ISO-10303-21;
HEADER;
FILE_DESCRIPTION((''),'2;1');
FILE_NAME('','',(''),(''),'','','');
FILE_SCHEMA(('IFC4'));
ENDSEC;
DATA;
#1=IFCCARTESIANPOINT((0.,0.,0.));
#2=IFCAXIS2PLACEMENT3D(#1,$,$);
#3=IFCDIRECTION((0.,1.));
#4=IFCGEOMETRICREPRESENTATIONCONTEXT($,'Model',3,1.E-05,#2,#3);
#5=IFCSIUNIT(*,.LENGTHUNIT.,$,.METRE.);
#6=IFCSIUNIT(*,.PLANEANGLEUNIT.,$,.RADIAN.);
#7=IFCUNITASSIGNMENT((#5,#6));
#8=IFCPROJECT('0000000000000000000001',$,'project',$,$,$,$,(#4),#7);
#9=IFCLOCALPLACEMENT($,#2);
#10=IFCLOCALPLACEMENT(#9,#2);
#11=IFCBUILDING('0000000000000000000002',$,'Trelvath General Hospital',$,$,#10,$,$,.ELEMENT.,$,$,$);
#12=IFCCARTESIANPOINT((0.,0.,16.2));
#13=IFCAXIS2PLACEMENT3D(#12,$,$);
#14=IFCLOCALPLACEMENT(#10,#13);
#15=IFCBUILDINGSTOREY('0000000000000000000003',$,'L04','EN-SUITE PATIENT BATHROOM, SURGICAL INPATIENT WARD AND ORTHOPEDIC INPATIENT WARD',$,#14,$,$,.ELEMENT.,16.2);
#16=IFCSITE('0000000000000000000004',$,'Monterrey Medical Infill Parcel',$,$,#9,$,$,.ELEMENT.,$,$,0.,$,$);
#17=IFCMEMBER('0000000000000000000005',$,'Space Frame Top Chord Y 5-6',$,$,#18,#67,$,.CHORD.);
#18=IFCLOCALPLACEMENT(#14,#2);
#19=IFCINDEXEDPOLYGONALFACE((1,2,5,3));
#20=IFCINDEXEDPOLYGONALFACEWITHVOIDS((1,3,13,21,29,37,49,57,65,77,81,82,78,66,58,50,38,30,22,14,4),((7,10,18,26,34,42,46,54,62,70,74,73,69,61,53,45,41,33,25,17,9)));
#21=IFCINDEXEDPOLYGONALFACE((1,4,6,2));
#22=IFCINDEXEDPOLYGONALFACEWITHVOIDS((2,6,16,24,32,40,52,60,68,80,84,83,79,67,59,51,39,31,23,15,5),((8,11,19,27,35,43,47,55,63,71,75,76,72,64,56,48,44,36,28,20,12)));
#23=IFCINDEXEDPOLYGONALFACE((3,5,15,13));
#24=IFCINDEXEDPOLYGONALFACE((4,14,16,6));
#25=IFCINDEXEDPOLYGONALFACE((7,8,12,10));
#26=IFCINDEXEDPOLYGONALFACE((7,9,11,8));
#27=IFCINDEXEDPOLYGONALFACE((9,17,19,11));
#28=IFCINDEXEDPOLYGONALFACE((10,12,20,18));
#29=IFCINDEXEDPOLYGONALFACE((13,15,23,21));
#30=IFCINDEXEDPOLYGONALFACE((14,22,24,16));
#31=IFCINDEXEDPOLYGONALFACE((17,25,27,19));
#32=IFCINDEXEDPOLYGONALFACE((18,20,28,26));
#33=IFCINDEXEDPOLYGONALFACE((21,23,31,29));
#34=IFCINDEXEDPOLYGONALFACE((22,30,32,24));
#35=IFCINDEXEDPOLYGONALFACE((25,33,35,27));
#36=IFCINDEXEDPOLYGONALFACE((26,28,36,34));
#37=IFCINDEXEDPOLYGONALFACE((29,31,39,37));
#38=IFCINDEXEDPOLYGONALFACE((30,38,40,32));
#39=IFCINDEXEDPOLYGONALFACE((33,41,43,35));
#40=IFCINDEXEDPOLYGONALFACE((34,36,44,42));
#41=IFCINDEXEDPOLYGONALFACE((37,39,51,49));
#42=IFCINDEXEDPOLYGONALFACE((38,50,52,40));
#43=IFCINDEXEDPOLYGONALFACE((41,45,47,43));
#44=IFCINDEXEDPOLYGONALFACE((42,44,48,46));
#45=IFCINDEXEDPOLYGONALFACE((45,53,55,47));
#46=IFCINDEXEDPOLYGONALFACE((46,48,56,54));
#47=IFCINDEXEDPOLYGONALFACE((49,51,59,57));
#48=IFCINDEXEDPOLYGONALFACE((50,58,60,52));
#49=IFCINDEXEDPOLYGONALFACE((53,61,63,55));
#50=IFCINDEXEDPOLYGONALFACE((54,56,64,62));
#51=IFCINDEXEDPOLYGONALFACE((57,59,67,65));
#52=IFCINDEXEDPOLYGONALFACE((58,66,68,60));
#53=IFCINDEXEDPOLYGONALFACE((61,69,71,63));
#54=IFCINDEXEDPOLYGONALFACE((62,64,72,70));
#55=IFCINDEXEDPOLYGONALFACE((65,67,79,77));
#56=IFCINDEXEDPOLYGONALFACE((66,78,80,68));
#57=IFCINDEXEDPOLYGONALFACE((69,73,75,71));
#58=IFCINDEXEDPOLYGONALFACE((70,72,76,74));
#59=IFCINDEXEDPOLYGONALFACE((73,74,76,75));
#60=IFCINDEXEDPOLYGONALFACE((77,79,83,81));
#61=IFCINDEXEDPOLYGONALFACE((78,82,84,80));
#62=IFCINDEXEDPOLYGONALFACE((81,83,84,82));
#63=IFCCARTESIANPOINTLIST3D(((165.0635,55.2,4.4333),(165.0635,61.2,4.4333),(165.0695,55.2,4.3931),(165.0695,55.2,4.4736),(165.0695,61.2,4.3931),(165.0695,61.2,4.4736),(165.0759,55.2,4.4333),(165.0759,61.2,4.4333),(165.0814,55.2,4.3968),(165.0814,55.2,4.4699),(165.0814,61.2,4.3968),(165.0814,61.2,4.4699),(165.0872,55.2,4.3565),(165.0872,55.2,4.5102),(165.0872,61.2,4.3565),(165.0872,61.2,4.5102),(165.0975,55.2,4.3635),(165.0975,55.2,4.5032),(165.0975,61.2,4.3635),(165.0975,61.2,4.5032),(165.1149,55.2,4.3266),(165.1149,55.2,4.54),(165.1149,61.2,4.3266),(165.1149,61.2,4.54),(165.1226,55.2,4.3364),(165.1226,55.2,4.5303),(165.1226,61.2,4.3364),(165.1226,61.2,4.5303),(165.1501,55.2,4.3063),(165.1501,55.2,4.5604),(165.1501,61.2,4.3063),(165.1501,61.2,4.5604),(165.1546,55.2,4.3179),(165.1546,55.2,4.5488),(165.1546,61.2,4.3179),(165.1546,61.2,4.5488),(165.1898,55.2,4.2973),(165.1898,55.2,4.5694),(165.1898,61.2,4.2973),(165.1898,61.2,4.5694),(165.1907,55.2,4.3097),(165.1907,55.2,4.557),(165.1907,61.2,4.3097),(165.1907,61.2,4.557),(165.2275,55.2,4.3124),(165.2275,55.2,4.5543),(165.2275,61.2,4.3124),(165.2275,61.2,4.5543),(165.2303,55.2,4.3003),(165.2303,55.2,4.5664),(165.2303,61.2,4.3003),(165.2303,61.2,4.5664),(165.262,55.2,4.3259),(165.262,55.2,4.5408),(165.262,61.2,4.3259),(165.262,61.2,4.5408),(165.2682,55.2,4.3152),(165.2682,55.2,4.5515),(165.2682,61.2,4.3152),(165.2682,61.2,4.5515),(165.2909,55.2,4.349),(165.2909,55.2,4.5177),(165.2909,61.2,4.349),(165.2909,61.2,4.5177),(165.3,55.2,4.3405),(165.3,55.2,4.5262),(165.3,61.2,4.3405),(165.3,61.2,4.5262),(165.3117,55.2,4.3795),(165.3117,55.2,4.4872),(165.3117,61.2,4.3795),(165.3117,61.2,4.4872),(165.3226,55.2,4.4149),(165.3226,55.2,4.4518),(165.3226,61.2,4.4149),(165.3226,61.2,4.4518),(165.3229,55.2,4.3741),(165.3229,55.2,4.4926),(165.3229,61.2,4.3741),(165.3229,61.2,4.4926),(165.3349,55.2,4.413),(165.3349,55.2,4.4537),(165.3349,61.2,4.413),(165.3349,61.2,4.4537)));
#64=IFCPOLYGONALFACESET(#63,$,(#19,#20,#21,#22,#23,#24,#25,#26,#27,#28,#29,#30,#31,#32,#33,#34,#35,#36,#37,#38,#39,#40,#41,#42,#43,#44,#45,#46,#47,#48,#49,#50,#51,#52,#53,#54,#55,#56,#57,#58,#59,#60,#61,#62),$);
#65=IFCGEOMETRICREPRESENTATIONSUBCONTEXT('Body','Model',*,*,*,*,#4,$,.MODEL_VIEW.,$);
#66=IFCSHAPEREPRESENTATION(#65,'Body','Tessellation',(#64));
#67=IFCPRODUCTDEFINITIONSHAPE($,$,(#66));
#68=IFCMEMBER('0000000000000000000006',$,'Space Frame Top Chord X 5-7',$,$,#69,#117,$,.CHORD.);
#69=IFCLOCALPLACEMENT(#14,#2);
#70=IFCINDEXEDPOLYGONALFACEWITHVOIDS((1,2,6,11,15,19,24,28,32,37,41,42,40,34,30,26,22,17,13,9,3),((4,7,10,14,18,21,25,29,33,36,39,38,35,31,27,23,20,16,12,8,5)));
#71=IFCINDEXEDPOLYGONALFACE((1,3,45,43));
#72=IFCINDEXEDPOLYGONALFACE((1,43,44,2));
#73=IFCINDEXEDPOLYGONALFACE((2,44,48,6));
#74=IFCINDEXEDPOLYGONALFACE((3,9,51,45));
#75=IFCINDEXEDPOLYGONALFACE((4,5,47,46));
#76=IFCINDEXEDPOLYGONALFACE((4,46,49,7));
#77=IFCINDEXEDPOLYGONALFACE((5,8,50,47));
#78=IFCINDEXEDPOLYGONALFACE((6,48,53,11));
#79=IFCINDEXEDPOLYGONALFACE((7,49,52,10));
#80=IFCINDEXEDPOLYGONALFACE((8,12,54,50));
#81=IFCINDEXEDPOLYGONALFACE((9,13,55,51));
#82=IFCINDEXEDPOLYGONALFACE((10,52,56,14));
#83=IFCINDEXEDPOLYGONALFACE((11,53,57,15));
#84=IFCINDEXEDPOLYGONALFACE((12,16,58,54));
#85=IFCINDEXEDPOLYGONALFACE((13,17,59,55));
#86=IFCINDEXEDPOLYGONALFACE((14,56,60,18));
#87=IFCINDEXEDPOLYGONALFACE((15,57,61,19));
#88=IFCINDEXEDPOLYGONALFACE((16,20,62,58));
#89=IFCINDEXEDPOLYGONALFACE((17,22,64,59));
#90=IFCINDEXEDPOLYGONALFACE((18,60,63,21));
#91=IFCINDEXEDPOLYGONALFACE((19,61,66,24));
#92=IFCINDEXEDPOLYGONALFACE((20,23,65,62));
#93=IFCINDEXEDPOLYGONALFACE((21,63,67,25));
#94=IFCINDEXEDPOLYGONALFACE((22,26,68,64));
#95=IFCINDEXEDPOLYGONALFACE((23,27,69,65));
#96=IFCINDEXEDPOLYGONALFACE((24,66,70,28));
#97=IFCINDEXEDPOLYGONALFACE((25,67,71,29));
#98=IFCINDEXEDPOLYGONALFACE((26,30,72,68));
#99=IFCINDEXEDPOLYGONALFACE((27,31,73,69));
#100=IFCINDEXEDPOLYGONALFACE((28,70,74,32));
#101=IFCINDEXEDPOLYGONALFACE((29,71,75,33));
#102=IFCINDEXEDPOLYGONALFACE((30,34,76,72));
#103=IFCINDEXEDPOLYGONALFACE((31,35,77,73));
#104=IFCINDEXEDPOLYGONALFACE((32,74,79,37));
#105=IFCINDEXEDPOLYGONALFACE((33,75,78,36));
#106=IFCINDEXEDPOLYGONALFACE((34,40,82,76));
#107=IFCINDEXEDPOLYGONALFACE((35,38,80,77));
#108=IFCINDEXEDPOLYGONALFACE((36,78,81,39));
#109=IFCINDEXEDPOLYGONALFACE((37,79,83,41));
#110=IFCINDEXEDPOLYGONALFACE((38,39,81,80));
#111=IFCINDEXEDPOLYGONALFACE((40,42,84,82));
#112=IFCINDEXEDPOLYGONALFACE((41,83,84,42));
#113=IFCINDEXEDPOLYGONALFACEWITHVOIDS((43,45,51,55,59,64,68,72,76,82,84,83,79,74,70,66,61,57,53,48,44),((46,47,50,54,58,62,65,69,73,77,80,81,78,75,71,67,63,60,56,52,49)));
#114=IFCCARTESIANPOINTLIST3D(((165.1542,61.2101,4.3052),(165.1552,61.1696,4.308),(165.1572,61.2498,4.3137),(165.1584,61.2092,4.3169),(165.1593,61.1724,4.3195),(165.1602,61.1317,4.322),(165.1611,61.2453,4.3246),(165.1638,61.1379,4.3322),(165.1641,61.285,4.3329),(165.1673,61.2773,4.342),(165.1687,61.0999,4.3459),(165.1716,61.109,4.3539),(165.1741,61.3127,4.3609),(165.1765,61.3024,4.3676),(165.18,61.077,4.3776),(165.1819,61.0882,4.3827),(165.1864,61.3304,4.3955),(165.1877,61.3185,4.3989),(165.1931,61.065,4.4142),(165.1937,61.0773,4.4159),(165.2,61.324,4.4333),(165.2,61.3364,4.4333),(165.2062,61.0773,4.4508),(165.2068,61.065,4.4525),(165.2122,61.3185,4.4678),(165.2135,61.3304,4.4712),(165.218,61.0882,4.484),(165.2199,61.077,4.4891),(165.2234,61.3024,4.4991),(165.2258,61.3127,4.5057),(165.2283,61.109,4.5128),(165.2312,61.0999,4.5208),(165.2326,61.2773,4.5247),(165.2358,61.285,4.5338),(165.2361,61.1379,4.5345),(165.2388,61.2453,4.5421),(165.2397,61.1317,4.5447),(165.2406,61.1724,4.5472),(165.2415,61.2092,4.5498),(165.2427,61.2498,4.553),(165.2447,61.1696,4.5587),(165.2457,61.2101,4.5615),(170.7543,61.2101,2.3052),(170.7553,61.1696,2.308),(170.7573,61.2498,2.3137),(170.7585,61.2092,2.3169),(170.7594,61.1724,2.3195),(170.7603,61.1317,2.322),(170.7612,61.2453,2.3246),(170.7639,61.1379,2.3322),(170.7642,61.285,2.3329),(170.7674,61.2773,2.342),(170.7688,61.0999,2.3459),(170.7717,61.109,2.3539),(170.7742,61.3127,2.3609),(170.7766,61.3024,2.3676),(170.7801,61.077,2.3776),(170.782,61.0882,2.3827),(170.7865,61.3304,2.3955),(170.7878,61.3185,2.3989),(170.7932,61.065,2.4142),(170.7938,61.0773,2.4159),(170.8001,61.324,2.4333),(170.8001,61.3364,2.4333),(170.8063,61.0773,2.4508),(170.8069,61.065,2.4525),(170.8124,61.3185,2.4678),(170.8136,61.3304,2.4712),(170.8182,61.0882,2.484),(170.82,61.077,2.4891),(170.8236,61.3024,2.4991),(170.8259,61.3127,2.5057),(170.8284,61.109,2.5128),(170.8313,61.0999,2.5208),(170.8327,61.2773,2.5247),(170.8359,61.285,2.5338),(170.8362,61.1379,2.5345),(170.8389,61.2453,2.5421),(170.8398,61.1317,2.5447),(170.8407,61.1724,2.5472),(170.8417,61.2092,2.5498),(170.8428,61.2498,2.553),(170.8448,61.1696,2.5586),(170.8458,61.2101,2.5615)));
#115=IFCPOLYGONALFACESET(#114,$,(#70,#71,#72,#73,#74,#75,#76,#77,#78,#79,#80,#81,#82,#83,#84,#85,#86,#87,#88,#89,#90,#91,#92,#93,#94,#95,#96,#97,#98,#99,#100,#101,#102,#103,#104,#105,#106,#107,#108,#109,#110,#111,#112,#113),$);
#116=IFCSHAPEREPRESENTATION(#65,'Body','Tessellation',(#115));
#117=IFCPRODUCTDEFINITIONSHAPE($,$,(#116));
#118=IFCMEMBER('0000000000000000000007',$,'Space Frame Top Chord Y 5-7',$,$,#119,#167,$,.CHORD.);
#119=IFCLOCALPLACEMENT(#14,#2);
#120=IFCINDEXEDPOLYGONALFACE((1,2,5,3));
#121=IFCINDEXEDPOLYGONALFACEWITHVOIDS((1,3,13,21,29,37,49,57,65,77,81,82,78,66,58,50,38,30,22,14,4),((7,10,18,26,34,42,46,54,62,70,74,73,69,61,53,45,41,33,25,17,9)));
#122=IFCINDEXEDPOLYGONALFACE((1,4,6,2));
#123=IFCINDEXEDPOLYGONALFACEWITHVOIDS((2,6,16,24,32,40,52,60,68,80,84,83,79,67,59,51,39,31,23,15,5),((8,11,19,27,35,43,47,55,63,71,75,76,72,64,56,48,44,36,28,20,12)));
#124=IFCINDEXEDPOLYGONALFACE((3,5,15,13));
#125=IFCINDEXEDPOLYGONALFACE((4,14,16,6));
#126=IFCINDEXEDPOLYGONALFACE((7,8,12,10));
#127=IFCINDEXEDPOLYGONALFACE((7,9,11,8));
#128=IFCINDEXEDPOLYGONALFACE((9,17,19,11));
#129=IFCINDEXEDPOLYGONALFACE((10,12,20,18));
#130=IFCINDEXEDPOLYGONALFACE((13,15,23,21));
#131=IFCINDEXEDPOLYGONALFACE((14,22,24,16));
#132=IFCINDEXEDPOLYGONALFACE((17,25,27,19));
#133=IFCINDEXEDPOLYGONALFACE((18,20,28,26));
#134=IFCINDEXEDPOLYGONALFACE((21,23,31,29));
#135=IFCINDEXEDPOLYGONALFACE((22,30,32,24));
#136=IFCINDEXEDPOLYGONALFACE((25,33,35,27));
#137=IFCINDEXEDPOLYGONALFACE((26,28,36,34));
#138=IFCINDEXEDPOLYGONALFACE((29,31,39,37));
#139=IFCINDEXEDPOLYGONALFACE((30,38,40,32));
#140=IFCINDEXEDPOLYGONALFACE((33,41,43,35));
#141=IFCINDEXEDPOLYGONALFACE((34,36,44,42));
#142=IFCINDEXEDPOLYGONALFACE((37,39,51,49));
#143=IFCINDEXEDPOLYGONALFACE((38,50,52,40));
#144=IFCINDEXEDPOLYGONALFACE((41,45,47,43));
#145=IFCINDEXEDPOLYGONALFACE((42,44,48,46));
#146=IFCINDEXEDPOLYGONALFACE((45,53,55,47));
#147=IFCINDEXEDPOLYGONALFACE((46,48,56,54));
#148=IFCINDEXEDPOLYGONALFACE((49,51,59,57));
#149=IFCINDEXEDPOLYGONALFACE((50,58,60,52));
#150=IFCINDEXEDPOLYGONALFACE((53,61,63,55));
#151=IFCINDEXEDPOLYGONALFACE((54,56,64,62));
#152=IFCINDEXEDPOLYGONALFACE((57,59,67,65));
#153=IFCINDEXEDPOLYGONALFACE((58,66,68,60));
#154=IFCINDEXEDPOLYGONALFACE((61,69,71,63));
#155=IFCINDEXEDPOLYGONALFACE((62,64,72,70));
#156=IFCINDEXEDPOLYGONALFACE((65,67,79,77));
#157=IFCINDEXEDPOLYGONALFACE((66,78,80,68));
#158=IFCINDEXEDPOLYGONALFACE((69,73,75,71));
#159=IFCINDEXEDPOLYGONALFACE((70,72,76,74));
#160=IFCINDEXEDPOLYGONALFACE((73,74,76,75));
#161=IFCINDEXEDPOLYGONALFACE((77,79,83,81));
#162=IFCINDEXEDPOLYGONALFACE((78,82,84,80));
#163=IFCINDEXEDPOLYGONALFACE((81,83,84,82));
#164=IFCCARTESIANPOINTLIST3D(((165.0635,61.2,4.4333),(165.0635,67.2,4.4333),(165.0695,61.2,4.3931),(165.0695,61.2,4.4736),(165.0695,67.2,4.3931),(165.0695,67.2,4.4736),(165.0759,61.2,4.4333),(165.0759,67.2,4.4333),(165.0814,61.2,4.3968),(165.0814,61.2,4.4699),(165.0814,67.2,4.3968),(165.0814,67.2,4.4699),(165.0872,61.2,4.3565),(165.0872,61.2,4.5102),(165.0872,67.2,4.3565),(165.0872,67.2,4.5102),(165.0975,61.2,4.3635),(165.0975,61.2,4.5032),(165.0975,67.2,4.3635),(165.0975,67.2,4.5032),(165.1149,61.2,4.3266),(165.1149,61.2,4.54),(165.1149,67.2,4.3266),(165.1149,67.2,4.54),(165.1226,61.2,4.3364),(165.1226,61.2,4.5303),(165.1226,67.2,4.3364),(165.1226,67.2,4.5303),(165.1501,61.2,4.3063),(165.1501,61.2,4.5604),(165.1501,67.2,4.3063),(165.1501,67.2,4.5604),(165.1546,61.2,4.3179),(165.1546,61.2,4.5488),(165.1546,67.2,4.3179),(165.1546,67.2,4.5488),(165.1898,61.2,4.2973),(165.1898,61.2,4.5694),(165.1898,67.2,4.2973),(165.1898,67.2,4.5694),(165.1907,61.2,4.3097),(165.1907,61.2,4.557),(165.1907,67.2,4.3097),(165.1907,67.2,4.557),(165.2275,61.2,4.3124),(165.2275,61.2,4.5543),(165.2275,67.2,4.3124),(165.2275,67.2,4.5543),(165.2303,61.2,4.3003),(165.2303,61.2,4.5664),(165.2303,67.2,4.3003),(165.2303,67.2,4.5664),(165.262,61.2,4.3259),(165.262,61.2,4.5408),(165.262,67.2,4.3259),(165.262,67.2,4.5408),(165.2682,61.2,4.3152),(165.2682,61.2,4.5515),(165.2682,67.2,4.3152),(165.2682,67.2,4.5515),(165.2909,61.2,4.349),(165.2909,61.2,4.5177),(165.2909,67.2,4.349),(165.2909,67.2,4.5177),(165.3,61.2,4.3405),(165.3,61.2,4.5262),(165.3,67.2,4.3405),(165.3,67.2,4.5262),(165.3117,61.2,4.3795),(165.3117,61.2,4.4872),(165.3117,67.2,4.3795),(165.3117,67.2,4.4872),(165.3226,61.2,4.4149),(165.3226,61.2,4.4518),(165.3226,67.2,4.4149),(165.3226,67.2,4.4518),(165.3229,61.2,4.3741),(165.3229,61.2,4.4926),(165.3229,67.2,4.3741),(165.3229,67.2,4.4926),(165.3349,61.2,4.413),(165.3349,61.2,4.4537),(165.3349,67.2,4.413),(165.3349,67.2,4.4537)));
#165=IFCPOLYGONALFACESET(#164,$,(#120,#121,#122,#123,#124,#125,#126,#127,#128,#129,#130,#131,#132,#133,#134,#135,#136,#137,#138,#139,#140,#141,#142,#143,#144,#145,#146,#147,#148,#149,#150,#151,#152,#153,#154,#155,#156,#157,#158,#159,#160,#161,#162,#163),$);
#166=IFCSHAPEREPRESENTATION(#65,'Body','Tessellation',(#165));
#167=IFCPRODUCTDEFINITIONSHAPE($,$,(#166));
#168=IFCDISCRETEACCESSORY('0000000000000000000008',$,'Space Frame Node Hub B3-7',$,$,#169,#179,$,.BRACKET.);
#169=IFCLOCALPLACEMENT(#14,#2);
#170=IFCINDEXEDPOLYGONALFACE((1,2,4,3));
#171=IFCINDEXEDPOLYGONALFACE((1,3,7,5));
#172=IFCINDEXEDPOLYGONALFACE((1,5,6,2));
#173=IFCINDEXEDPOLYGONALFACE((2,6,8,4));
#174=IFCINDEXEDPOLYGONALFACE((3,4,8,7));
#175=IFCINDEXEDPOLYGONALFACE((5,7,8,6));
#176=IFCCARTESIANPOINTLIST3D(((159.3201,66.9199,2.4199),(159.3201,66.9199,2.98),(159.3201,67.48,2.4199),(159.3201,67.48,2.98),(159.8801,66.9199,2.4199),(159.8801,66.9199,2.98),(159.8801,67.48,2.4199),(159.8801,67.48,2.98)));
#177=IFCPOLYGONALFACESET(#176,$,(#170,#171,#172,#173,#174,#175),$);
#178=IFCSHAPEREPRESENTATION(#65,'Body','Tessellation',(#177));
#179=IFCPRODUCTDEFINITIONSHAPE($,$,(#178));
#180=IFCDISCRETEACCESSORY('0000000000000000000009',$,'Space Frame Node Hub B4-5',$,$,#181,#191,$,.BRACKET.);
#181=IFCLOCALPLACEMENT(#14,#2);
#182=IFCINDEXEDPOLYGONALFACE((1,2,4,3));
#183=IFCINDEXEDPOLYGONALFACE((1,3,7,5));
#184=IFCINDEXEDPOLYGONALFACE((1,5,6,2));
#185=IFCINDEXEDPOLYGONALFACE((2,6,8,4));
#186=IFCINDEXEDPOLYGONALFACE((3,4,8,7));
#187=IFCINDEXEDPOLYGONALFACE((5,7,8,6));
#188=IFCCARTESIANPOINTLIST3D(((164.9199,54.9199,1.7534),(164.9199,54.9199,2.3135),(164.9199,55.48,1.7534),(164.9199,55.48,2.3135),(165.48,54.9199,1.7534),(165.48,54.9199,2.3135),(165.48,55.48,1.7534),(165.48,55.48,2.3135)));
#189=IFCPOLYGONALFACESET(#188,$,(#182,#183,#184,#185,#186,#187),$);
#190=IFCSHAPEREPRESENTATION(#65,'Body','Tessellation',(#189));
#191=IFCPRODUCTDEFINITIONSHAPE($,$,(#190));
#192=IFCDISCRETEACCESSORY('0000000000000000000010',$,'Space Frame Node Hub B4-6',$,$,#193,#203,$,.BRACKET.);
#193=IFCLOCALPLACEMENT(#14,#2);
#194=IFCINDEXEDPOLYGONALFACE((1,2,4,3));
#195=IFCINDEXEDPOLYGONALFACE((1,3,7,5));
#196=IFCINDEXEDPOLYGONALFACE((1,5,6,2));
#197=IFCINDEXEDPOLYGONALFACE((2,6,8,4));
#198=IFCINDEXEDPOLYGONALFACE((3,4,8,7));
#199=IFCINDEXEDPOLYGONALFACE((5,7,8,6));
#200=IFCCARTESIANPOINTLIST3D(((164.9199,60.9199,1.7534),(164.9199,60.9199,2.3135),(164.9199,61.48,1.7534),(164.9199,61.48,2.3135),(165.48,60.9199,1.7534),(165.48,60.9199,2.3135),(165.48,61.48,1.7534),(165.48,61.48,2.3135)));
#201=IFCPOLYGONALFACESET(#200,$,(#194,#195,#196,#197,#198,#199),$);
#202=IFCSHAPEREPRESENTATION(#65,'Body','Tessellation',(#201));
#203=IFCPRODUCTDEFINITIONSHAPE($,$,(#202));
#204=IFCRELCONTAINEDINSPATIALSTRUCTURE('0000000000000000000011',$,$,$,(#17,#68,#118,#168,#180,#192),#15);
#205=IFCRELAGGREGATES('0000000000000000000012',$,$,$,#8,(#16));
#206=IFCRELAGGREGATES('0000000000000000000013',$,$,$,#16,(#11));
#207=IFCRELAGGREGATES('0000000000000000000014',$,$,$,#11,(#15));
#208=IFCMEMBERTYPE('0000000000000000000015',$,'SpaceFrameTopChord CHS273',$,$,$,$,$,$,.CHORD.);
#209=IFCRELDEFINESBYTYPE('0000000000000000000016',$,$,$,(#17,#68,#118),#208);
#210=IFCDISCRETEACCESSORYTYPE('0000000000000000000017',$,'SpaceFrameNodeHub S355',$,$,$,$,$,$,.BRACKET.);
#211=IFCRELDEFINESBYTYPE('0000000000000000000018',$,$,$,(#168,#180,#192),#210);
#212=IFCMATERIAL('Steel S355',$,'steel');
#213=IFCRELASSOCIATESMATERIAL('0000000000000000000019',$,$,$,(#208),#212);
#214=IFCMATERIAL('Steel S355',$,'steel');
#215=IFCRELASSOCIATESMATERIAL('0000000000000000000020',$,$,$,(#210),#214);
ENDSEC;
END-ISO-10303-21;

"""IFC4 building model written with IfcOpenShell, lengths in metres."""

from ifc_helpers import new_model, si_unit, direction, frame, origin, origin_2d, place, context, subcontext, project, spatial, rectangle, hollow_circle, extrude, material, material_profile, profile_set, type_object, element, save


model = new_model("IFC4")

# Units and contexts
model_context = context("Model", 3, precision=1e-05, world=origin(), true_north=direction((0.0, 1.0)))
body_context = subcontext(model_context, "Body", "Model", "MODEL_VIEW")
ifc_project = project(units=[si_unit("LENGTHUNIT", "METRE"), si_unit("PLANEANGLEUNIT", "RADIAN")], contexts=[model_context])

# Site, building, storey
site_placement = place(None, origin())
site = spatial("IfcSite", under=ifc_project, at=site_placement, Name="Monterrey Medical Infill Parcel", CompositionType="ELEMENT", RefElevation=0.0)
building_placement = place(site_placement, origin())
building = spatial("IfcBuilding", under=site, at=building_placement, Name="Trelvath General Hospital", CompositionType="ELEMENT")
storey_placement = place(building_placement, frame((0.0, 0.0, 16.2)))
storey = spatial("IfcBuildingStorey", under=building, at=storey_placement, Name="L04", Description="EN-SUITE PATIENT BATHROOM, SURGICAL INPATIENT WARD AND ORTHOPEDIC INPATIENT WARD", CompositionType="ELEMENT", Elevation=16.2)

# Members
ifc_material_1 = material(Name="Steel S355", Category="steel")
ifc_material_profile_1 = material_profile(ifc_material_1, hollow_circle(Radius=0.1365, WallThickness=0.0125, at=origin_2d()), Name="CHS273.0x12.5")
ifc_profile_set_1 = profile_set([ifc_material_profile_1], Name="Steel S355")
member_type_1 = type_object("IfcMemberType", Name="SpaceFrameTopChord CHS273", PredefinedType="CHORD", material=ifc_profile_set_1)
member_1_placement = place(storey_placement, frame((165.2, 55.2, 4.4333), z_axis=(0.0, 1.0, 0.0), x_axis=(-1.0, 0.0, 0.0)))
element("IfcMember", 1, at=member_1_placement, inside=storey, type_object=member_type_1, Name="Space Frame Top Chord Y 5-6", PredefinedType="CHORD", context=body_context, shape_type="SweptSolid", body=[
    extrude(hollow_circle(Radius=0.1365, WallThickness=0.0125, at=origin_2d()), origin(), (0.0, 0.0, 1.0), 6.0),
])
member_2_placement = place(storey_placement, frame((165.2, 61.2, 4.4333), z_axis=(0.941744, 0.0, -0.336331), x_axis=(0.0, 1.0, 0.0)))
element("IfcMember", 2, at=member_2_placement, inside=storey, type_object=member_type_1, Name="Space Frame Top Chord X 5-7", PredefinedType="CHORD", context=body_context, shape_type="SweptSolid", body=[
    extrude(hollow_circle(Radius=0.1365, WallThickness=0.0125, at=origin_2d()), origin(), (0.0, 0.0, 1.0), 5.9465),
])
member_3_placement = place(storey_placement, frame((165.2, 61.2, 4.4333), z_axis=(0.0, 1.0, 0.0), x_axis=(-1.0, 0.0, 0.0)))
element("IfcMember", 3, at=member_3_placement, inside=storey, type_object=member_type_1, Name="Space Frame Top Chord Y 5-7", PredefinedType="CHORD", context=body_context, shape_type="SweptSolid", body=[
    extrude(hollow_circle(Radius=0.1365, WallThickness=0.0125, at=origin_2d()), origin(), (0.0, 0.0, 1.0), 6.0),
])

# Discrete accessories
ifc_material_2 = material(Name="Steel S355", Category="steel")
discrete_accessory_type = type_object("IfcDiscreteAccessoryType", Name="SpaceFrameNodeHub S355", PredefinedType="BRACKET", material=ifc_material_2)
for number, where, z_axis, x_axis, name in (
    (4, (159.6001, 67.2, 2.4199), (0.0, 0.0, 1.0), (1.0, 0.0, 0.0), "Space Frame Node Hub B3-7"),
    (5, (165.2, 55.2, 1.7534), (0.0, 0.0, 1.0), (1.0, 0.0, 0.0), "Space Frame Node Hub B4-5"),
    (6, (165.2, 61.2, 1.7534), (0.0, 0.0, 1.0), (1.0, 0.0, 0.0), "Space Frame Node Hub B4-6"),
):
    element("IfcDiscreteAccessory", number, at=place(storey_placement, frame(where, z_axis=z_axis, x_axis=x_axis)), inside=storey, type_object=discrete_accessory_type, Name=name, PredefinedType="BRACKET", context=body_context, shape_type="SweptSolid", body=[
        extrude(rectangle(XDim=0.5601, YDim=0.5601, at=origin_2d()), origin(), (0.0, 0.0, 1.0), 0.5601),
    ])

save(model, "model.ifc")
